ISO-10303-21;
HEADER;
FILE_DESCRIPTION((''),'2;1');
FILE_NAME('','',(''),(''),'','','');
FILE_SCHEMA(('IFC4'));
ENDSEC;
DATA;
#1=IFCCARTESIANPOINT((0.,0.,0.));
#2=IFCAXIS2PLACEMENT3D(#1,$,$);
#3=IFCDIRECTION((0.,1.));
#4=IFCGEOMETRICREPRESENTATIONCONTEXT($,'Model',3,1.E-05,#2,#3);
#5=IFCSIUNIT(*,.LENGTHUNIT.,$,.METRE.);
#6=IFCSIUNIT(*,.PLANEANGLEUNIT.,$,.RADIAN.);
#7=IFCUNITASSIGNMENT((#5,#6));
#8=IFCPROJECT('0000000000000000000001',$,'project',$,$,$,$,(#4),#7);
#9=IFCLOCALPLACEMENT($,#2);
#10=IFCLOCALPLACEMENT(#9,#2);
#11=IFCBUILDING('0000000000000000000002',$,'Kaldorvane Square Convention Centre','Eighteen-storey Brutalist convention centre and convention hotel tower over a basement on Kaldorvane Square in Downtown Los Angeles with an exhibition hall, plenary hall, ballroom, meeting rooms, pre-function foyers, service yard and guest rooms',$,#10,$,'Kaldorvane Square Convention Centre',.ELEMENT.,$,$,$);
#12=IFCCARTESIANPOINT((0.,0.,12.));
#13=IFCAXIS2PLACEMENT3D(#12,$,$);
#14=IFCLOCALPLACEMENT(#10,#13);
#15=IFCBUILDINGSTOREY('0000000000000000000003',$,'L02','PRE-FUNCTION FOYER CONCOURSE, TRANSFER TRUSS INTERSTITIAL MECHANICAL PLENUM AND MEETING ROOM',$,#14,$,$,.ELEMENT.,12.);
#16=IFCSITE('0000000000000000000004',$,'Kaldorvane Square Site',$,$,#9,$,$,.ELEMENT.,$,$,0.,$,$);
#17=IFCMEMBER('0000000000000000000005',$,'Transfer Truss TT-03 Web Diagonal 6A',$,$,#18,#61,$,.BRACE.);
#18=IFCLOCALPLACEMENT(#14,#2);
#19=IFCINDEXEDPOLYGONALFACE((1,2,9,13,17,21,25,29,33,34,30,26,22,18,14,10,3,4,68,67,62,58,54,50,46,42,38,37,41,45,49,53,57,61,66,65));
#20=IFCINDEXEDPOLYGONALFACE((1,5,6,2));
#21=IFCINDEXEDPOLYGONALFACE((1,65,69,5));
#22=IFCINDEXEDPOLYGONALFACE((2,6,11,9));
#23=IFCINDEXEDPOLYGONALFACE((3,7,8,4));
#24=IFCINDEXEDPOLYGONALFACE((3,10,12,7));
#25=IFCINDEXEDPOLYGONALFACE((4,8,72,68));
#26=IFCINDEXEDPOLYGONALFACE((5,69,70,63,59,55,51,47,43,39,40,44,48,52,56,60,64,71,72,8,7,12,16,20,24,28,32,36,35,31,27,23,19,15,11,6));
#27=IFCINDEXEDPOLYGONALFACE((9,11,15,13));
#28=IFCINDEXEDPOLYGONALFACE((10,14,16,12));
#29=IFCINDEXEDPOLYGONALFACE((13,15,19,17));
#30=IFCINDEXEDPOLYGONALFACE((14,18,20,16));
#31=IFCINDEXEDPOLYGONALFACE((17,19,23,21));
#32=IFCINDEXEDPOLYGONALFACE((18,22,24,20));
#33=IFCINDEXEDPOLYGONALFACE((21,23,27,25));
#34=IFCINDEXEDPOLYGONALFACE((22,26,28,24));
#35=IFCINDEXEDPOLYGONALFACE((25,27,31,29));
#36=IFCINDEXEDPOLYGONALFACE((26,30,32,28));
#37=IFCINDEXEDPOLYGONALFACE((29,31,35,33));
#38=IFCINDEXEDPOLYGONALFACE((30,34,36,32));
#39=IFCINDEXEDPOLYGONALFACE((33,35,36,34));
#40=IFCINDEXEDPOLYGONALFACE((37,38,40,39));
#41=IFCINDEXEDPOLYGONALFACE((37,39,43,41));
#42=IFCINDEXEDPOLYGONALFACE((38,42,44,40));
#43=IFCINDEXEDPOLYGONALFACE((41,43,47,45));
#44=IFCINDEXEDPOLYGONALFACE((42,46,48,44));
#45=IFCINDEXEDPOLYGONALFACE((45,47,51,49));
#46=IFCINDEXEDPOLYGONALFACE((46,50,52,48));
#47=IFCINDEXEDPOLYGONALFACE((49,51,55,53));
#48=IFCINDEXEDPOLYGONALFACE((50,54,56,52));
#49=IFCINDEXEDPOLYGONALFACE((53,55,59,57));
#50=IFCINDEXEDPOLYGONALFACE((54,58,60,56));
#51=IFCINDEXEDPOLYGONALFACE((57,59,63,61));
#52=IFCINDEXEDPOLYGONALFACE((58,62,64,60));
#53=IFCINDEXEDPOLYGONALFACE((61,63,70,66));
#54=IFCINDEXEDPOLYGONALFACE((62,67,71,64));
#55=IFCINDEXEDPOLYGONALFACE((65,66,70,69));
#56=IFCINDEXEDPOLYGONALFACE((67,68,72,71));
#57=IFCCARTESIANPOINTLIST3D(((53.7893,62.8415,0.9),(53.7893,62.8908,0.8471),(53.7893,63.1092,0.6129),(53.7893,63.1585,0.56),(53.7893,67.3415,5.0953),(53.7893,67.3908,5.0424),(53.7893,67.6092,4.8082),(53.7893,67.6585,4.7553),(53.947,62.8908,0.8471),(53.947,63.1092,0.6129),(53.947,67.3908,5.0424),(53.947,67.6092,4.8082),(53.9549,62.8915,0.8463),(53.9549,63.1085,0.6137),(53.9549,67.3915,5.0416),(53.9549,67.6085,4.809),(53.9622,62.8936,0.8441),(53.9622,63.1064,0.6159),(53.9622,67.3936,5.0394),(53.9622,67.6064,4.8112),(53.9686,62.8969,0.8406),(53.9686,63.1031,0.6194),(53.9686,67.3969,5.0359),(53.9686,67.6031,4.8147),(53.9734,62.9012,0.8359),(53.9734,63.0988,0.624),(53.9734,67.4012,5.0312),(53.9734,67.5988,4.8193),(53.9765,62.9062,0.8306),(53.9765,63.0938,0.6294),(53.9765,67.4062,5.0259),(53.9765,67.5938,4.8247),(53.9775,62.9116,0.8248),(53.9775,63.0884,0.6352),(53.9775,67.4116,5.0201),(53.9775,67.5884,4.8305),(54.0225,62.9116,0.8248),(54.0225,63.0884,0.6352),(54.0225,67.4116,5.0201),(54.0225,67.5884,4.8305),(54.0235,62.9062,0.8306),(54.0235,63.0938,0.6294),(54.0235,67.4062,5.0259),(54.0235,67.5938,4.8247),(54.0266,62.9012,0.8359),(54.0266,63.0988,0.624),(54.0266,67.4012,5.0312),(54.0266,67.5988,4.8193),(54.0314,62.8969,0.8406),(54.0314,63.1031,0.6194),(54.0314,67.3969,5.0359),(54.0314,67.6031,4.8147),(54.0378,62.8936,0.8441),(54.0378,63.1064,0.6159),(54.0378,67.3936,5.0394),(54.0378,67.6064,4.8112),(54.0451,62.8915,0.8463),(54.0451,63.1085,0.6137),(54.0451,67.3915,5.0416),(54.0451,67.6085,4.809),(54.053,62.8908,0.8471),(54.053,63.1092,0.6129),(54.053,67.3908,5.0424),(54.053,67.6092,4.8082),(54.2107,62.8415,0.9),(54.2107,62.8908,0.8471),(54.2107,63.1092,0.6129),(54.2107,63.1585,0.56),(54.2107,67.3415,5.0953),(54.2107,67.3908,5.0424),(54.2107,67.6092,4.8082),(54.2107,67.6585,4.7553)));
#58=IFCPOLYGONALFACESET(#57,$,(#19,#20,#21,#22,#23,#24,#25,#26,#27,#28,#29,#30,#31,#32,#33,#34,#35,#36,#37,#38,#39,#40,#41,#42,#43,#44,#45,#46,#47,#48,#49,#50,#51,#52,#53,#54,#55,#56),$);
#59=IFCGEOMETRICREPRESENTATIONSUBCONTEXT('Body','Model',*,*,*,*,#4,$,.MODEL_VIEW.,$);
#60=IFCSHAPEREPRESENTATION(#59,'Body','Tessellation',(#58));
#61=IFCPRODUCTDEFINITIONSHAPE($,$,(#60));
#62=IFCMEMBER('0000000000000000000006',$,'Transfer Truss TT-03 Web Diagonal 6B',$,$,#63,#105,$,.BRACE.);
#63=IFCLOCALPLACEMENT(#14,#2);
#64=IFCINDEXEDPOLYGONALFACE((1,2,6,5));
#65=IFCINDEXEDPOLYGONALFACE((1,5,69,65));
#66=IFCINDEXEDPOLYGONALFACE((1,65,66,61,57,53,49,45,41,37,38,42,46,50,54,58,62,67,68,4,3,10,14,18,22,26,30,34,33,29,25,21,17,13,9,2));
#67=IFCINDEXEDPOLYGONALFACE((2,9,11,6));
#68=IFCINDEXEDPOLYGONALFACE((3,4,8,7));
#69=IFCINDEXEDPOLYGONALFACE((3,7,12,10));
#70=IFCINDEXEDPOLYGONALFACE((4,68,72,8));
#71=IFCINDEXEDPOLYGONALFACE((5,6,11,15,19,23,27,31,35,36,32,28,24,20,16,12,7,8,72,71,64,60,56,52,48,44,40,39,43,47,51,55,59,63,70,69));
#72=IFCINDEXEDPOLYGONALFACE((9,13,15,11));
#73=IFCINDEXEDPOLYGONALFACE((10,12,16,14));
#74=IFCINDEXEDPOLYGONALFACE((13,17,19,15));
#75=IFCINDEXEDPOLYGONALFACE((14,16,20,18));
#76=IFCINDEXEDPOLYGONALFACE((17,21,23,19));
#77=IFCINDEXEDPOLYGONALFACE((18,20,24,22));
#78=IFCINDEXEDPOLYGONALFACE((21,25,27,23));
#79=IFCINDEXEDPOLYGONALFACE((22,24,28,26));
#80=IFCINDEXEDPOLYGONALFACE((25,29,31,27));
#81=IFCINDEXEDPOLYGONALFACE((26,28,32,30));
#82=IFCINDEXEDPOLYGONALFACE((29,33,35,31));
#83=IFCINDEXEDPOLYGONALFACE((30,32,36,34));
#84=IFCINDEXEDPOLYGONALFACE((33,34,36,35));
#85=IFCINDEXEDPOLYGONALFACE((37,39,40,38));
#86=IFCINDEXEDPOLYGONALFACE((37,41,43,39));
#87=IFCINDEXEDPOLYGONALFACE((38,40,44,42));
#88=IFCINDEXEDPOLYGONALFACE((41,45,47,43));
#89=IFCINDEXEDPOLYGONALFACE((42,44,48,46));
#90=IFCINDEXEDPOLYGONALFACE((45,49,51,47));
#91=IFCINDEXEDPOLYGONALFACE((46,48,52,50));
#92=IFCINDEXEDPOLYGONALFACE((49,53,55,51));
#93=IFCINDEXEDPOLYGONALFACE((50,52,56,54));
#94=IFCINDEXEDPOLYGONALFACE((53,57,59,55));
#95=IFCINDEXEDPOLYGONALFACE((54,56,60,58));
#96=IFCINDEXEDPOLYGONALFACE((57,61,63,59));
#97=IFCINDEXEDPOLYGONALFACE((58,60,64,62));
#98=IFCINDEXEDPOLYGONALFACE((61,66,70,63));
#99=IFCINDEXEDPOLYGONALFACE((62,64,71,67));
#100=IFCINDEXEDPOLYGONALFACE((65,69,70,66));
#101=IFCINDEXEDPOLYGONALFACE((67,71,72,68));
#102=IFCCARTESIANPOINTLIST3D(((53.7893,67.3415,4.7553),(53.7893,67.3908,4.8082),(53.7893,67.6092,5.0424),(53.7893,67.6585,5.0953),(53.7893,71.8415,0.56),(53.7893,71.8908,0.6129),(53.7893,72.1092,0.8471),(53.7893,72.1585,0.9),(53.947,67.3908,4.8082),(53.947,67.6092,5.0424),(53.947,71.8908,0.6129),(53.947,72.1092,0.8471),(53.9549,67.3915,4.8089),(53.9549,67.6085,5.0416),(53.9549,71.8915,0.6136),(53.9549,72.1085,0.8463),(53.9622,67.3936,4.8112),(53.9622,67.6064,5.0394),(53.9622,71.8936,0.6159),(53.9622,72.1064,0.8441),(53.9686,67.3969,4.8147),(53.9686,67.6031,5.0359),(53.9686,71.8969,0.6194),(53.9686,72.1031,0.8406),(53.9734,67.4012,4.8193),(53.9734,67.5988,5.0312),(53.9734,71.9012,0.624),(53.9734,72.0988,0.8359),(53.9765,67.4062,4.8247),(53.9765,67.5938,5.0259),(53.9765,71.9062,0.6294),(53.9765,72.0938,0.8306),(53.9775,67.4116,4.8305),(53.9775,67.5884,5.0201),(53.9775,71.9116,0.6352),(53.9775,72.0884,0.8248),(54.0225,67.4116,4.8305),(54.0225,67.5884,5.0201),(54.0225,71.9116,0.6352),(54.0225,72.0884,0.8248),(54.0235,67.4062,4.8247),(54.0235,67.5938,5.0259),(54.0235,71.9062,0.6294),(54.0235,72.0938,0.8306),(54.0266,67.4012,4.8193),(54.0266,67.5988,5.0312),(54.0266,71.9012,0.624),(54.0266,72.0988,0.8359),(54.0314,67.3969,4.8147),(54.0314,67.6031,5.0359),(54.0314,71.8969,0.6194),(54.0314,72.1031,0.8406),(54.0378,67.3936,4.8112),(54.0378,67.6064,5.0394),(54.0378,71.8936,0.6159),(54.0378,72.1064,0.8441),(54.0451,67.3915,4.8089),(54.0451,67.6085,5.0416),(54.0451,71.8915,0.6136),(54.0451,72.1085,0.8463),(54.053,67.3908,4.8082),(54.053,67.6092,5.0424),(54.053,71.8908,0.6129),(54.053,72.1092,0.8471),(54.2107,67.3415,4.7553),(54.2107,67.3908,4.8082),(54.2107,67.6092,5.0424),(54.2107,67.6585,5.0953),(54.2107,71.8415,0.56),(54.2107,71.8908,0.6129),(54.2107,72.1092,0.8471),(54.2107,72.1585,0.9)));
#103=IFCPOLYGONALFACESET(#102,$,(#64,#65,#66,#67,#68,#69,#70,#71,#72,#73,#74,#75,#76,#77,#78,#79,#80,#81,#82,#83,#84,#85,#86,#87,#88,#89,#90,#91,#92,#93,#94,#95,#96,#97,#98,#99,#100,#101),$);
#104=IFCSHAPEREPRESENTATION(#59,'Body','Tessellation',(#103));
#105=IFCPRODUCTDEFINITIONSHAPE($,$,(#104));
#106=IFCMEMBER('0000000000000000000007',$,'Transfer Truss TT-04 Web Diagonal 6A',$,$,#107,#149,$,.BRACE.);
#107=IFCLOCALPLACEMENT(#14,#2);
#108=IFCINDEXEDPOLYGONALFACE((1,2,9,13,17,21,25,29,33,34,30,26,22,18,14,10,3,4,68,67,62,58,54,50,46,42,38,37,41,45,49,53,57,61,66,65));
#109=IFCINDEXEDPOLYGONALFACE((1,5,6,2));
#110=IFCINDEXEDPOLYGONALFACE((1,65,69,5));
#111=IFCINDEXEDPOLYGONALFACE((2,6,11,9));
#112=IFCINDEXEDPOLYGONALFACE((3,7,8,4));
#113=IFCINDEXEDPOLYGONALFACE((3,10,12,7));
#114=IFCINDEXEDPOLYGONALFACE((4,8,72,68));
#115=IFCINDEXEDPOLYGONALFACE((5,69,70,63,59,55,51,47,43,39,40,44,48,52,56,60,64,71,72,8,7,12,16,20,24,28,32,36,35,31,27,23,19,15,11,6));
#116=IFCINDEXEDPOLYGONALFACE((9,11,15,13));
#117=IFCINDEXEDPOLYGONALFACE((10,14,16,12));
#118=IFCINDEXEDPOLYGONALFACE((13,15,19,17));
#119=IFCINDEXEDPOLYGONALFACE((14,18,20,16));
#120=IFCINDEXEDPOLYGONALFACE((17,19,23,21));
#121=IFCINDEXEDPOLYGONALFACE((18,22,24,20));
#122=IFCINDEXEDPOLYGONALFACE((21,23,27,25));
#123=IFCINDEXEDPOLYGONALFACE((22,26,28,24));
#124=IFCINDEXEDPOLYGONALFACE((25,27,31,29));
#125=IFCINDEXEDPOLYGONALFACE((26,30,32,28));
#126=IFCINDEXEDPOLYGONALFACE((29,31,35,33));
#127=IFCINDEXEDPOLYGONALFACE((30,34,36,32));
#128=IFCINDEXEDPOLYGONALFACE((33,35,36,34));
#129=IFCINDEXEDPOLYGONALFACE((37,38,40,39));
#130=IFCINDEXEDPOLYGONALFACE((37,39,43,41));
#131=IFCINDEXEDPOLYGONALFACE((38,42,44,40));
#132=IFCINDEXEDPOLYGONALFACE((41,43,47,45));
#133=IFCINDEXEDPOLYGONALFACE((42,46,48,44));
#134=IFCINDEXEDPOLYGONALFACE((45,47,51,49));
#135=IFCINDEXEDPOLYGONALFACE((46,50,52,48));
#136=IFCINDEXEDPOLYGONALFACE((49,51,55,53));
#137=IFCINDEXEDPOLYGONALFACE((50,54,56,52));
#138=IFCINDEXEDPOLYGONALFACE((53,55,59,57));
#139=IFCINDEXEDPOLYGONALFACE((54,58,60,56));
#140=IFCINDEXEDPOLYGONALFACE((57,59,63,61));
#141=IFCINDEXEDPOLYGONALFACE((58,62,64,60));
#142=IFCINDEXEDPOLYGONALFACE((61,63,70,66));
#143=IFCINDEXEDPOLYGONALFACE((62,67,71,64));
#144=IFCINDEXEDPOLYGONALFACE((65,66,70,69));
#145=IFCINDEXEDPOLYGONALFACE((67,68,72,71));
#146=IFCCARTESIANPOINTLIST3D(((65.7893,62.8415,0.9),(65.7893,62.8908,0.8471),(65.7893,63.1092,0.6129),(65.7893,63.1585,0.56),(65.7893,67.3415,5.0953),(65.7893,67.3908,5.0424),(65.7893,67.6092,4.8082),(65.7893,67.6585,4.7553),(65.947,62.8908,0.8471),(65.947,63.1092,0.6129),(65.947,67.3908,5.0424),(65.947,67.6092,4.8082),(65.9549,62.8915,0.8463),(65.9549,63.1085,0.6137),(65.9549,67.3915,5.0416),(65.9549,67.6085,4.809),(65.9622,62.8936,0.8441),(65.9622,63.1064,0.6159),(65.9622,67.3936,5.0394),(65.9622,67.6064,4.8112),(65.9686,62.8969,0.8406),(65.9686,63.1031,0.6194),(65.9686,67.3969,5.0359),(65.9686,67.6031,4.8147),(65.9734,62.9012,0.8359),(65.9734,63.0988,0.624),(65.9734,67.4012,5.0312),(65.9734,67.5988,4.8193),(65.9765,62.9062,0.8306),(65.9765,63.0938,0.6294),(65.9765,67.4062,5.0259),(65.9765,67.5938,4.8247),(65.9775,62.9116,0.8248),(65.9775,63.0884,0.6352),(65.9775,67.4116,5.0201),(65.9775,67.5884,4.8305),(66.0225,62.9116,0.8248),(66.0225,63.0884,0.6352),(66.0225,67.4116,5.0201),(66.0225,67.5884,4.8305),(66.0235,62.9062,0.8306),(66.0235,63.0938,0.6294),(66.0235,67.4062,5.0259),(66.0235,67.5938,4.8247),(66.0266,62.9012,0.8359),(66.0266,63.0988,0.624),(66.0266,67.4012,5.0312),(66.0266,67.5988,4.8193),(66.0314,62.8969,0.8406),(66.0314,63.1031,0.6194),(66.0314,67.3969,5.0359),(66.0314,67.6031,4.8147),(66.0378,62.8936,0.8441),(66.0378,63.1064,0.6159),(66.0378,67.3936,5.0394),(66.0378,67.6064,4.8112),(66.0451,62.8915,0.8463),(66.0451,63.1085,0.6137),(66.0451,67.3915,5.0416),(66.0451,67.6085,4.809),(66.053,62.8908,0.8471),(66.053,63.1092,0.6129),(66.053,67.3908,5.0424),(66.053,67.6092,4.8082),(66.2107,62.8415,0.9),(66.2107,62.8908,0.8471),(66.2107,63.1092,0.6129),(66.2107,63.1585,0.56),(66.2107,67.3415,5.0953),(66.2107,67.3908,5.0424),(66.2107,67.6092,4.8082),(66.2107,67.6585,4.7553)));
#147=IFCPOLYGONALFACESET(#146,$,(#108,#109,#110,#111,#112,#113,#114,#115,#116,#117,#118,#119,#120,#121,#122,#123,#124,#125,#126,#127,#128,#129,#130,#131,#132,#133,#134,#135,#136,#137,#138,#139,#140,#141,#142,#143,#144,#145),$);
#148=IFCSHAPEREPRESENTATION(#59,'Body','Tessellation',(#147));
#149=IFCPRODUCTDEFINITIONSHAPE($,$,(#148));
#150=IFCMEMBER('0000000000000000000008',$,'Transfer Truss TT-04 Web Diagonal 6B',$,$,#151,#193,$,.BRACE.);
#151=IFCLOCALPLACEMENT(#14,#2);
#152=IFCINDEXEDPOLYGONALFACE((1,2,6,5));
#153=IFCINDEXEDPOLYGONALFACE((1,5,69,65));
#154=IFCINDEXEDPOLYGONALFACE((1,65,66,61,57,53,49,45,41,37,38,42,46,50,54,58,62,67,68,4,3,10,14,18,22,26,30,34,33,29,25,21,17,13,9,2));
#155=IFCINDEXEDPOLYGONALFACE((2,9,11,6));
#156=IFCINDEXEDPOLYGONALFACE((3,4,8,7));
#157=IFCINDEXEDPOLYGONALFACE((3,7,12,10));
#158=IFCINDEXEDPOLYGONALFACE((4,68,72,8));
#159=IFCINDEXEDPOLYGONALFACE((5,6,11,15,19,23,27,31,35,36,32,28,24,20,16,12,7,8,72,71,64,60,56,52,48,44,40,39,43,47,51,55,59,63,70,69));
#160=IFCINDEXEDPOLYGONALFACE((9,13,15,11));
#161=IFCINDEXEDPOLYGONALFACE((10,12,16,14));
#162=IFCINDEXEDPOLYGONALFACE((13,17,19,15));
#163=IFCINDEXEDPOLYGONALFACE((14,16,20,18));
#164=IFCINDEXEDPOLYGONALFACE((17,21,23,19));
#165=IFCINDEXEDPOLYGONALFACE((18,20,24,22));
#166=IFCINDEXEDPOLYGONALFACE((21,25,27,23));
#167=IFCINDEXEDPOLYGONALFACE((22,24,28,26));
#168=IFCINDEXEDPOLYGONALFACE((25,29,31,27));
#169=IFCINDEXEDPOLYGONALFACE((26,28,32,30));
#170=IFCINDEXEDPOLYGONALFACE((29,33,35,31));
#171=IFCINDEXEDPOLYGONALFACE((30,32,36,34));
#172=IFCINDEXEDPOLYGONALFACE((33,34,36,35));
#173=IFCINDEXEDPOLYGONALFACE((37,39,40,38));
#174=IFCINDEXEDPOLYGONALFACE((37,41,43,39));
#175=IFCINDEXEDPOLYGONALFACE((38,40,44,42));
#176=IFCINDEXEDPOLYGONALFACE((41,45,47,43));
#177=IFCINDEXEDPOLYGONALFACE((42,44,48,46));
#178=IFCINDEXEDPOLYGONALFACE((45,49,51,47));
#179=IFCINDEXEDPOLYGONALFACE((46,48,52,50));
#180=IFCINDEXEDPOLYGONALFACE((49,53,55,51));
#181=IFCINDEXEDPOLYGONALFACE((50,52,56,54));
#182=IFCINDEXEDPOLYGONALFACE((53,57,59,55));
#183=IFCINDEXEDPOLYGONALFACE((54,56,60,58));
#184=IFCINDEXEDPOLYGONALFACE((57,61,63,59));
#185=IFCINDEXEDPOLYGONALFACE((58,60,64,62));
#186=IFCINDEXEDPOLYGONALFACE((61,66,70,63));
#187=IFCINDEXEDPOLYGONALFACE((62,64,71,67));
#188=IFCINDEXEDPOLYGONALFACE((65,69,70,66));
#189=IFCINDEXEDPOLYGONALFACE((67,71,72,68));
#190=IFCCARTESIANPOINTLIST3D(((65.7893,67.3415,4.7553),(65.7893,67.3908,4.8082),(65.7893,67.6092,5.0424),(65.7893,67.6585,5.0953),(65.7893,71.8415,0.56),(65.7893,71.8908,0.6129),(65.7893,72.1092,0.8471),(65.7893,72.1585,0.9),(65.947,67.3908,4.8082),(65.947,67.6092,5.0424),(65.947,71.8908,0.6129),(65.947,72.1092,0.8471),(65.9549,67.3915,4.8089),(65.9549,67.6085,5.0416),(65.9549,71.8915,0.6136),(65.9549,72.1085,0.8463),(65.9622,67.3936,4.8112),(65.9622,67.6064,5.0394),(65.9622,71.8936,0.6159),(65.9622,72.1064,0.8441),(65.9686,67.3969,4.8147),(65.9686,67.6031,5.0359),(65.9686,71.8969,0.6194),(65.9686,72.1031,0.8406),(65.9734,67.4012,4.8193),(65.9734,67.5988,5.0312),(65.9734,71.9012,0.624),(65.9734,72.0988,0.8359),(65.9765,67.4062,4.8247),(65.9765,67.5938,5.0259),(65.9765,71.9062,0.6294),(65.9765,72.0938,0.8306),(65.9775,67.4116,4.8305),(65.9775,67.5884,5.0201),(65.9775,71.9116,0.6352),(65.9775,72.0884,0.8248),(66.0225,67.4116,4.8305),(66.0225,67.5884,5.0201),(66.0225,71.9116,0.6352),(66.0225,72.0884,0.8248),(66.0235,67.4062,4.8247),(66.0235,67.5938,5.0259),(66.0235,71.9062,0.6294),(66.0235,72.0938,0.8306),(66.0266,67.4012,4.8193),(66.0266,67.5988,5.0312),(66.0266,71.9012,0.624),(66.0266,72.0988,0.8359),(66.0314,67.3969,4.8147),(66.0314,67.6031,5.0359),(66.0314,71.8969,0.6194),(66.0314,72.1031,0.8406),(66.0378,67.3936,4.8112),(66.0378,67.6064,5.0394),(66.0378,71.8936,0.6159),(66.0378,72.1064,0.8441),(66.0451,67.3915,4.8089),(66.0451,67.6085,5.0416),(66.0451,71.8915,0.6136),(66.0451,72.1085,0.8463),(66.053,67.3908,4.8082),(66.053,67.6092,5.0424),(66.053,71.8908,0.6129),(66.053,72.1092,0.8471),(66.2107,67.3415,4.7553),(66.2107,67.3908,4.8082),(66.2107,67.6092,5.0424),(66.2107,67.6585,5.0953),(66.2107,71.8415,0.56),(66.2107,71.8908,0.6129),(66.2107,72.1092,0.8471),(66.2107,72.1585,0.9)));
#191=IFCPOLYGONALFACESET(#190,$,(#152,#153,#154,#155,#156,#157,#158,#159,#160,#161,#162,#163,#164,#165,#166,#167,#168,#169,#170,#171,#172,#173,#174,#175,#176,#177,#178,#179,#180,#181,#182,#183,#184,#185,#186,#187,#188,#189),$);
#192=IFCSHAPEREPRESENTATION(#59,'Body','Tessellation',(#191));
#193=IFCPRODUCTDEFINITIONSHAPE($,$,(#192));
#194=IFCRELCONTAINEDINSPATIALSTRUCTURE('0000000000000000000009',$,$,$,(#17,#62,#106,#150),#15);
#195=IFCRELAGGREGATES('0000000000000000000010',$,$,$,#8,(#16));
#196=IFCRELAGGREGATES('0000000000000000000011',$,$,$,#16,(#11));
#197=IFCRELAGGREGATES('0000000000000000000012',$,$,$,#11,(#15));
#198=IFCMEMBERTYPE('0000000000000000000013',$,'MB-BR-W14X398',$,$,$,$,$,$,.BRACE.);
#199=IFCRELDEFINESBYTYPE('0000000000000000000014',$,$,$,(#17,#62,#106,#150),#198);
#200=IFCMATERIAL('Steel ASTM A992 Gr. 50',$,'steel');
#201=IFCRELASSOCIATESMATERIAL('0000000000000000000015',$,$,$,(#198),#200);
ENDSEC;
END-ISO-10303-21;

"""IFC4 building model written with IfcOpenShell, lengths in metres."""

from ifc_helpers import new_model, si_unit, direction, frame, origin, origin_2d, place, context, subcontext, project, spatial, i_section, extrude, material, material_profile, profile_set, type_object, element, save


model = new_model("IFC4")

# Units and contexts
model_context = context("Model", 3, precision=1e-05, world=origin(), true_north=direction((0.0, 1.0)))
body_context = subcontext(model_context, "Body", "Model", "MODEL_VIEW")
ifc_project = project(units=[si_unit("LENGTHUNIT", "METRE"), si_unit("PLANEANGLEUNIT", "RADIAN")], contexts=[model_context])

# Site, building, storey
site_placement = place(None, origin())
site = spatial("IfcSite", under=ifc_project, at=site_placement, Name="Kaldorvane Square Site", CompositionType="ELEMENT", RefElevation=0.0)
building_placement = place(site_placement, origin())
building = spatial("IfcBuilding", under=site, at=building_placement, Name="Kaldorvane Square Convention Centre", Description="Eighteen-storey Brutalist convention centre and convention hotel tower over a basement on Kaldorvane Square in Downtown Los Angeles with an exhibition hall, plenary hall, ballroom, meeting rooms, pre-function foyers, service yard and guest rooms", LongName="Kaldorvane Square Convention Centre", CompositionType="ELEMENT")
storey_placement = place(building_placement, frame((0.0, 0.0, 12.0)))
storey = spatial("IfcBuildingStorey", under=building, at=storey_placement, Name="L02", Description="PRE-FUNCTION FOYER CONCOURSE, TRANSFER TRUSS INTERSTITIAL MECHANICAL PLENUM AND MEETING ROOM", CompositionType="ELEMENT", Elevation=12.0)

# Shared definitions
ifc_material_1 = material(Name="Steel ASTM A992 Gr. 50", Category="steel")

# Members
ifc_material_profile_1 = material_profile(ifc_material_1, i_section(OverallWidth=0.4214, OverallDepth=0.4648, WebThickness=0.045, FlangeThickness=0.0723, FilletRadius=0.0305, at=origin_2d()), Name="W14X398")
ifc_profile_set_1 = profile_set([ifc_material_profile_1], Name="Steel ASTM A992 Gr. 50")
member_type_1 = type_object("IfcMemberType", Name="MB-BR-W14X398", PredefinedType="BRACE", material=ifc_profile_set_1)
for number, where, z_axis, x_axis, name in (
    (1, (54.0, 63.0, 0.73), (0.0, 0.731436, 0.68191), (-1.0, 0.0, 0.0), "Transfer Truss TT-03 Web Diagonal 6A"),
    (2, (54.0, 67.5, 4.9253), (0.0, 0.731436, -0.68191), (-1.0, 0.0, 0.0), "Transfer Truss TT-03 Web Diagonal 6B"),
    (3, (66.0, 63.0, 0.73), (0.0, 0.731436, 0.68191), (-1.0, 0.0, 0.0), "Transfer Truss TT-04 Web Diagonal 6A"),
    (4, (66.0, 67.5, 4.9253), (0.0, 0.731436, -0.68191), (-1.0, 0.0, 0.0), "Transfer Truss TT-04 Web Diagonal 6B"),
):
    element("IfcMember", number, at=place(storey_placement, frame(where, z_axis=z_axis, x_axis=x_axis)), inside=storey, type_object=member_type_1, Name=name, PredefinedType="BRACE", context=body_context, shape_type="SweptSolid", body=[
        extrude(i_section(OverallWidth=0.4214, OverallDepth=0.4648, WebThickness=0.045, FlangeThickness=0.0723, FilletRadius=0.0305, at=origin_2d()), origin(), (0.0, 0.0, 1.0), 6.1523),
    ])

save(model, "model.ifc")
